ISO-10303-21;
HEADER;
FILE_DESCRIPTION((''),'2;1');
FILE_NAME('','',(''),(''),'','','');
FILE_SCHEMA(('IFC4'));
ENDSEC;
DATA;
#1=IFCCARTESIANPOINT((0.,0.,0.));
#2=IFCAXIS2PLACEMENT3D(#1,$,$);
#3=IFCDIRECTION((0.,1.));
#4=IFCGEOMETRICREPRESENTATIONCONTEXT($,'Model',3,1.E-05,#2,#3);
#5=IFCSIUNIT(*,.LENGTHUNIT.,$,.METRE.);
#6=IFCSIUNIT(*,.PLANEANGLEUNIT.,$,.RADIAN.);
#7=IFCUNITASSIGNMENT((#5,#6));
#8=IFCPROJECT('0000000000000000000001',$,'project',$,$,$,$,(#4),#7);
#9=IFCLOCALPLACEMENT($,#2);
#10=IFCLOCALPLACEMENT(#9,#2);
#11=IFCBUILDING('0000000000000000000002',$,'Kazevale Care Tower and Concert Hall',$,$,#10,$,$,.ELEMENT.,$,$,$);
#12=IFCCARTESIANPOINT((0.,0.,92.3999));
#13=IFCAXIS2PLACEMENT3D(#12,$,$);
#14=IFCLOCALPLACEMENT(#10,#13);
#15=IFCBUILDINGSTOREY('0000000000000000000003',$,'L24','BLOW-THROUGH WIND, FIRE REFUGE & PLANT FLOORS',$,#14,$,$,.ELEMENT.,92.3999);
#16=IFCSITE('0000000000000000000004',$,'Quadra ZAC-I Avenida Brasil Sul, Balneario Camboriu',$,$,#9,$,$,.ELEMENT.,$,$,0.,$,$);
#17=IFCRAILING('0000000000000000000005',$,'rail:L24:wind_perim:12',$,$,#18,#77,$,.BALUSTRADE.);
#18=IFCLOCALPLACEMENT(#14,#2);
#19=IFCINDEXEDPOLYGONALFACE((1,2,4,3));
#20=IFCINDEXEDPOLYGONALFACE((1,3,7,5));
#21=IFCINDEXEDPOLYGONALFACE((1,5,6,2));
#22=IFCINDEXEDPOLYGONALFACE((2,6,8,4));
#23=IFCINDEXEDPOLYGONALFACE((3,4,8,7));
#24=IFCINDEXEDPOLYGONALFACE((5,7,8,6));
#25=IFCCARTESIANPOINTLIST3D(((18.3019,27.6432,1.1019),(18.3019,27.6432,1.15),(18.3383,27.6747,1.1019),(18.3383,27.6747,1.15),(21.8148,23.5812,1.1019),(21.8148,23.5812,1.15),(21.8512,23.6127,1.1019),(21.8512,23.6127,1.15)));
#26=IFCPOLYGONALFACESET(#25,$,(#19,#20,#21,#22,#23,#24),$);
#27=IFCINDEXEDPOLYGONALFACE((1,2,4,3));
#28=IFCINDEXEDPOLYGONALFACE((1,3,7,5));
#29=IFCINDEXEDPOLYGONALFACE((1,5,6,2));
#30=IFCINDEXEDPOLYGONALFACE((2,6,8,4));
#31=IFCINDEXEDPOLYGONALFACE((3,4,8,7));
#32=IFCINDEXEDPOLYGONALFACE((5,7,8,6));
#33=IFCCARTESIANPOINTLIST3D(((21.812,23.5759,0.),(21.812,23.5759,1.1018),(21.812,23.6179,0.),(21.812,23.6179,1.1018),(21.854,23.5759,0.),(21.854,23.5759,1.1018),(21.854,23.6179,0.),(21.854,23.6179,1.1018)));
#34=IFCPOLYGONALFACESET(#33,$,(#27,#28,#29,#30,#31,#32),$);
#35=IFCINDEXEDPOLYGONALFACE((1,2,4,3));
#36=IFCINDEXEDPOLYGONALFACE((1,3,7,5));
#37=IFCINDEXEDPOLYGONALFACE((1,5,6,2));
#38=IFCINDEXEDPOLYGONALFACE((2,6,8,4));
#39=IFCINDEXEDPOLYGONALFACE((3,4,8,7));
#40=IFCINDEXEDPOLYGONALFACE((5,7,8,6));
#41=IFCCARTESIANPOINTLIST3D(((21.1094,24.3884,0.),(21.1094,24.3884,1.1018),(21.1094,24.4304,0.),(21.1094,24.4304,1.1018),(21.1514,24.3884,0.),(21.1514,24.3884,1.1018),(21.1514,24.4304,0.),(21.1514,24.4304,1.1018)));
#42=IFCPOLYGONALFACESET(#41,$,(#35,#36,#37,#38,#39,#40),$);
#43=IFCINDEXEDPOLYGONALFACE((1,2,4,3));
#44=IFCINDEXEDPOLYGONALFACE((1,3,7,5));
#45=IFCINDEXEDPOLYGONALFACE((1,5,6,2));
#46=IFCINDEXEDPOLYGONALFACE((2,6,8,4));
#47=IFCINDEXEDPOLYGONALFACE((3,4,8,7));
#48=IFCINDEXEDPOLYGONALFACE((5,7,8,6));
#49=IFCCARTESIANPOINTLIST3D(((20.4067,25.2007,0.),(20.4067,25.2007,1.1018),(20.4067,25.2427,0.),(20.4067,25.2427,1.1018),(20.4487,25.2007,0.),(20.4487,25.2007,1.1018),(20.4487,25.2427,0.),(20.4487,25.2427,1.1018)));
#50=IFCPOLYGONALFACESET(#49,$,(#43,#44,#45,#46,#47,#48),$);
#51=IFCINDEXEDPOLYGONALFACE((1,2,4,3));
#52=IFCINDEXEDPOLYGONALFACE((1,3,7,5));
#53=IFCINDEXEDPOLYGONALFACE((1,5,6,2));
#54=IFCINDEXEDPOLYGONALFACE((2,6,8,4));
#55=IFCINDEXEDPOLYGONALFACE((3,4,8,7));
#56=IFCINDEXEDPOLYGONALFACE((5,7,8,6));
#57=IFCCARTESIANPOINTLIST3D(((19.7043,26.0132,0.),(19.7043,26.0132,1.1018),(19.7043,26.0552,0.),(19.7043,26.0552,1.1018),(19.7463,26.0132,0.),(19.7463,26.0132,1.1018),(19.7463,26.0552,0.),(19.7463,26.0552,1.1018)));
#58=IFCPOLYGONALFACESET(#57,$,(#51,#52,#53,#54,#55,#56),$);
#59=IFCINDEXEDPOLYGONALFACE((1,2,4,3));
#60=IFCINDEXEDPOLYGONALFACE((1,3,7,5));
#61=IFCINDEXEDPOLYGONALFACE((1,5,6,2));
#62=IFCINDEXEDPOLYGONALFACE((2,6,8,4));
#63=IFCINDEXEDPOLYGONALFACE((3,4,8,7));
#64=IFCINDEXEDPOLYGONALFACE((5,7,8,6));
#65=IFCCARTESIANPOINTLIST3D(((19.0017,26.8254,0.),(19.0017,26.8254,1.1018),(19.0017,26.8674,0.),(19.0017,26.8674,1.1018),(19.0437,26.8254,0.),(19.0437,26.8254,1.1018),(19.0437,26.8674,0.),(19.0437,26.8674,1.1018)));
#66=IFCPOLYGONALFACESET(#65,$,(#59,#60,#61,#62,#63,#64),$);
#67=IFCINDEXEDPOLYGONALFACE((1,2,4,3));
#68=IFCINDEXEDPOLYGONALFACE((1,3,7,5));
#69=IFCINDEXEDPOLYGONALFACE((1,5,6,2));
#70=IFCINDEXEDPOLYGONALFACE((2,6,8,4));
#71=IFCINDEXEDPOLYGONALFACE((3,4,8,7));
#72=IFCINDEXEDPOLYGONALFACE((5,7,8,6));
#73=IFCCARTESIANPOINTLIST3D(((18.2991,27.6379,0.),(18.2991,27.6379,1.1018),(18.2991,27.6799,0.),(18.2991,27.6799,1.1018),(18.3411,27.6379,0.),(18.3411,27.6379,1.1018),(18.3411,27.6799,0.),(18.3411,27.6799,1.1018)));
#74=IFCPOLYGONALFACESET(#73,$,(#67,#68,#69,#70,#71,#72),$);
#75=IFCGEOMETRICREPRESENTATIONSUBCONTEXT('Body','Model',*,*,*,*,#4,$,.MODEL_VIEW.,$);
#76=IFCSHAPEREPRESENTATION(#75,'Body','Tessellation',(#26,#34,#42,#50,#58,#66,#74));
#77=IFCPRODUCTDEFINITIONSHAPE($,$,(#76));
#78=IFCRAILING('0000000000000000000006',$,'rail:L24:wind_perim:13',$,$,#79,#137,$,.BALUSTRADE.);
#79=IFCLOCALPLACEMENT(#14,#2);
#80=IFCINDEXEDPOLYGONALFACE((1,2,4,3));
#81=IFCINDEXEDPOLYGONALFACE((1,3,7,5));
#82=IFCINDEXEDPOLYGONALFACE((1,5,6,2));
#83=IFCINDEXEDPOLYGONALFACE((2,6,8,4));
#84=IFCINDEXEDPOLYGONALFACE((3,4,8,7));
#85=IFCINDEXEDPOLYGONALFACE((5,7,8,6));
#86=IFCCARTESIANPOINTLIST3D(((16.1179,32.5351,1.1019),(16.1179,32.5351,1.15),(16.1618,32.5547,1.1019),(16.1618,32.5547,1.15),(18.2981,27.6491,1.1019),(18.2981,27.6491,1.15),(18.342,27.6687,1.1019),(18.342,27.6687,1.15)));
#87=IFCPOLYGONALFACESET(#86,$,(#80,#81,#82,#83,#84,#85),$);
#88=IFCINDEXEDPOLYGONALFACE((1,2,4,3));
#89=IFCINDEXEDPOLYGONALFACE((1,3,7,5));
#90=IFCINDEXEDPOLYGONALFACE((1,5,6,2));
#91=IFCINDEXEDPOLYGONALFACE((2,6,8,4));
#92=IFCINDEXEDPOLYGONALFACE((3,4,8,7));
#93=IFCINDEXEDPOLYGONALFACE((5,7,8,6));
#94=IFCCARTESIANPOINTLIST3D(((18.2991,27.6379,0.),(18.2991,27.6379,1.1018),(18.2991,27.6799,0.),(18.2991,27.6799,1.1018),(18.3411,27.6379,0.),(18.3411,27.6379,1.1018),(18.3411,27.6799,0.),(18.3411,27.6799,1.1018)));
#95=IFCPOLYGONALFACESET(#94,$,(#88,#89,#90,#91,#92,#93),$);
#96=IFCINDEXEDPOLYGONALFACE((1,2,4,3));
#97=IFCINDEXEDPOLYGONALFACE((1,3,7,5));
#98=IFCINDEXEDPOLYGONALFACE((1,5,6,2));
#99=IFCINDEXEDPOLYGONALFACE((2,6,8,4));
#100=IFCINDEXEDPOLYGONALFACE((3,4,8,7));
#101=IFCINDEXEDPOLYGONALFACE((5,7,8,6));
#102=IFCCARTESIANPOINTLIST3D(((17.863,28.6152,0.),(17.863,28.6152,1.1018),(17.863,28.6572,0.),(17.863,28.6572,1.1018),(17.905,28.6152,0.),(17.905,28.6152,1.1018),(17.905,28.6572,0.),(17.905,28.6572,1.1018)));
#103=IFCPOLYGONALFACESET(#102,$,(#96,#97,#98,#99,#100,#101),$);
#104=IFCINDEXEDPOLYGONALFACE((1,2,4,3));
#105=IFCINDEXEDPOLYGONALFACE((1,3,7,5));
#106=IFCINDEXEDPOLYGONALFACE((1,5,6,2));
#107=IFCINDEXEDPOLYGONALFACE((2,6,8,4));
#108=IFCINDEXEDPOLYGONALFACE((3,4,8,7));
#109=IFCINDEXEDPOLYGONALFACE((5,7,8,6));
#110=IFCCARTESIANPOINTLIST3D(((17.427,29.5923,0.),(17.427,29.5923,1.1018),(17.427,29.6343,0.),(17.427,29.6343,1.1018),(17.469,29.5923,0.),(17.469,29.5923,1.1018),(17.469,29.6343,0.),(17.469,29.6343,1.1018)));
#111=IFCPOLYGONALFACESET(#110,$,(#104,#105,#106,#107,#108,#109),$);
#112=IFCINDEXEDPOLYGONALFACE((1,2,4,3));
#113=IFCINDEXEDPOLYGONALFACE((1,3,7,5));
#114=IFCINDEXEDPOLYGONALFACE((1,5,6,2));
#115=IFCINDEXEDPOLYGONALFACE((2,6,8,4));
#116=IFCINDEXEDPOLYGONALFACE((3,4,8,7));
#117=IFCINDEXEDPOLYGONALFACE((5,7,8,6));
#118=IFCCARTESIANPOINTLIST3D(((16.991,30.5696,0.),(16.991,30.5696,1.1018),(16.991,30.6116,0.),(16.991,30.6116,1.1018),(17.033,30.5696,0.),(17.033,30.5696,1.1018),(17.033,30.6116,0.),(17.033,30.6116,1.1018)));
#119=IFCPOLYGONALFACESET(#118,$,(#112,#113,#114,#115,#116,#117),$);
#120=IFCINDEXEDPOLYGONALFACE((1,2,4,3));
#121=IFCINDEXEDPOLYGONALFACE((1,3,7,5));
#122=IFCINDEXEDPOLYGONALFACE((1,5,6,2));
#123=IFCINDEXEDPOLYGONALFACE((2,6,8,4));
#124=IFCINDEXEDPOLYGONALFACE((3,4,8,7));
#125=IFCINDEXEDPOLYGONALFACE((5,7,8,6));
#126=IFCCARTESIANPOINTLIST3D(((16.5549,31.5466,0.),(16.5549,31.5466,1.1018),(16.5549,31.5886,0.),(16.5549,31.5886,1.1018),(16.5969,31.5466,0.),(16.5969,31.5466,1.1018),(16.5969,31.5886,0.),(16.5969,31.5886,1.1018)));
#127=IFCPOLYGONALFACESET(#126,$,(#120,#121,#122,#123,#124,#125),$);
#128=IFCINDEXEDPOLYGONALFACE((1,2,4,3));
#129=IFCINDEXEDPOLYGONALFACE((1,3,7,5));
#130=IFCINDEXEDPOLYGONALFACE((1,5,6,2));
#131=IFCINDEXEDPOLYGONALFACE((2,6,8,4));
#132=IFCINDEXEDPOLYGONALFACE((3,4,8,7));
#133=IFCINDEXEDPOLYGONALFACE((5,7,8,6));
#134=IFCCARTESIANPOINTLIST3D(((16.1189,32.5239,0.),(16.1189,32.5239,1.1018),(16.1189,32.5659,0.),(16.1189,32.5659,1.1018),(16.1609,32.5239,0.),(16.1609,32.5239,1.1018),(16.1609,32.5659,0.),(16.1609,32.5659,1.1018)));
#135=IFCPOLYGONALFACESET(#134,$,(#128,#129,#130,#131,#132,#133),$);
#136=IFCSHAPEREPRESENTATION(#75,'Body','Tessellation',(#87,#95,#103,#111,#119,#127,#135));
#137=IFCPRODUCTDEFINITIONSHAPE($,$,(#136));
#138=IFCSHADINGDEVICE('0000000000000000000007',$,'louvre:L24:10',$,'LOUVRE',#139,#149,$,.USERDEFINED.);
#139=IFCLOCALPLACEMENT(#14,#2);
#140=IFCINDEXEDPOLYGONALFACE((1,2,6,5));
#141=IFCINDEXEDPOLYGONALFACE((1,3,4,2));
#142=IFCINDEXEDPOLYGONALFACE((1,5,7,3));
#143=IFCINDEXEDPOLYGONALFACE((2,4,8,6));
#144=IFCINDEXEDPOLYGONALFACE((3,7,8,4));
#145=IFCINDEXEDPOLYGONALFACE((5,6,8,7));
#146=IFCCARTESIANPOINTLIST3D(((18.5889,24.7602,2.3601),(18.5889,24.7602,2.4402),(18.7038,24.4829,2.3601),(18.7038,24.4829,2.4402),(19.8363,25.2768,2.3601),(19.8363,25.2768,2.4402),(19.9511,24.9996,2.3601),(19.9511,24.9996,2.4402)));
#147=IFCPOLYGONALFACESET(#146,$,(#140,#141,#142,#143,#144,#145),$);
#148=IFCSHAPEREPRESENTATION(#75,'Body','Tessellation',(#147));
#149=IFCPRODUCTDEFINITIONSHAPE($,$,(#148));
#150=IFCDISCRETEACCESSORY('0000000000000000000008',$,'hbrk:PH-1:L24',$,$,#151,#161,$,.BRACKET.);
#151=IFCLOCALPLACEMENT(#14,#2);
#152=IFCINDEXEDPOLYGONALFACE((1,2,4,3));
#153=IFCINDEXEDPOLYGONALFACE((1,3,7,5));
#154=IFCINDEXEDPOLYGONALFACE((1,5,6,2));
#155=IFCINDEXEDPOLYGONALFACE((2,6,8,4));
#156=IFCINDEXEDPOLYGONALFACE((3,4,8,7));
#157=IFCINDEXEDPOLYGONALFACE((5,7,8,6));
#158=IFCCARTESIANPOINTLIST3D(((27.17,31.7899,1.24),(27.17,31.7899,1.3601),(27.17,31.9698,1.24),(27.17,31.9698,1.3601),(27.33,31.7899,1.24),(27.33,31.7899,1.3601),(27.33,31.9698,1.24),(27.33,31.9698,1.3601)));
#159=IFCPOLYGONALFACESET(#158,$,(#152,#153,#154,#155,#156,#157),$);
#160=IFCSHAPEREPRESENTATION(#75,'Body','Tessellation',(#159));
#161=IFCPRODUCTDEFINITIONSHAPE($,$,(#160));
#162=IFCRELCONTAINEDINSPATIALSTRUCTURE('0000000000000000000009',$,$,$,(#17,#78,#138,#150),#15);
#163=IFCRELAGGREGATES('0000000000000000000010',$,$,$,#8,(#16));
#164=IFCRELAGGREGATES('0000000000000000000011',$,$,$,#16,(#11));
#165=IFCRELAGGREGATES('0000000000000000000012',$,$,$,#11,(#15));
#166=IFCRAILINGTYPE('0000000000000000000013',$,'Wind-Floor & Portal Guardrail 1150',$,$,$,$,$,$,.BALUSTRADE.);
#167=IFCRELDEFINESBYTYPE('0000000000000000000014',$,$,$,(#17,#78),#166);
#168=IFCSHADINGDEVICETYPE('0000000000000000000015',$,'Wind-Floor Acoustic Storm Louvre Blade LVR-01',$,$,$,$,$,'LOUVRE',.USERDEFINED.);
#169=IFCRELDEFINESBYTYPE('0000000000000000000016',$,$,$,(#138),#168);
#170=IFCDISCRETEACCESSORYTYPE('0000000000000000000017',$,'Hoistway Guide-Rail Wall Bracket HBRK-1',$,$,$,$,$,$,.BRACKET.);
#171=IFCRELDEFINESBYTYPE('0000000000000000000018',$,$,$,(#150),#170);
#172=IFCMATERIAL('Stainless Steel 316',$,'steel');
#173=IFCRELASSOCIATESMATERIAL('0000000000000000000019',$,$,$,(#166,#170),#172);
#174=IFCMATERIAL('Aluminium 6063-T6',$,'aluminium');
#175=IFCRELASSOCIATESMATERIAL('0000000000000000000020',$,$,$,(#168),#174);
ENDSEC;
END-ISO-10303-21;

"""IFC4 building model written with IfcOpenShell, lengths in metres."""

from ifc_helpers import new_model, si_unit, direction, frame, origin, origin_2d, place, context, subcontext, project, spatial, rectangle, extrude, material, type_object, element, save


model = new_model("IFC4")

# Units and contexts
model_context = context("Model", 3, precision=1e-05, world=origin(), true_north=direction((0.0, 1.0)))
body_context = subcontext(model_context, "Body", "Model", "MODEL_VIEW")
ifc_project = project(units=[si_unit("LENGTHUNIT", "METRE"), si_unit("PLANEANGLEUNIT", "RADIAN")], contexts=[model_context])

# Site, building, storey
site_placement = place(None, origin())
site = spatial("IfcSite", under=ifc_project, at=site_placement, Name="Quadra ZAC-I Avenida Brasil Sul, Balneario Camboriu", CompositionType="ELEMENT", RefElevation=0.0)
building_placement = place(site_placement, origin())
building = spatial("IfcBuilding", under=site, at=building_placement, Name="Kazevale Care Tower and Concert Hall", CompositionType="ELEMENT")
storey_placement = place(building_placement, frame((0.0, 0.0, 92.3999)))
storey = spatial("IfcBuildingStorey", under=building, at=storey_placement, Name="L24", Description="BLOW-THROUGH WIND, FIRE REFUGE & PLANT FLOORS", CompositionType="ELEMENT", Elevation=92.3999)

# Railings
ifc_material_1 = material(Name="Stainless Steel 316", Category="steel")
railing_type_1 = type_object("IfcRailingType", Name="Wind-Floor & Portal Guardrail 1150", PredefinedType="BALUSTRADE", material=ifc_material_1)
railing_1_placement = place(storey_placement, frame((21.833, 23.5969, 0.0)))
element("IfcRailing", 1, at=railing_1_placement, inside=storey, type_object=railing_type_1, Name="rail:L24:wind_perim:12", PredefinedType="BALUSTRADE", context=body_context, shape_type="SweptSolid", body=[
    extrude(rectangle(XDim=0.0481, YDim=0.0481, at=origin_2d()), frame((0.0, 0.0, 1.126), z_axis=(-0.654136, 0.756377, 0.0), x_axis=(-0.756377, -0.654136, 0.0)), (0.0, 0.0, 1.0), 5.3704),
    extrude(rectangle(XDim=0.042, YDim=0.042, at=origin_2d()), origin(), (0.0, 0.0, 1.0), 1.1018),
    extrude(rectangle(XDim=0.042, YDim=0.042, at=origin_2d()), frame((-0.7026, 0.8125, 0.0)), (0.0, 0.0, 1.0), 1.1018),
    extrude(rectangle(XDim=0.042, YDim=0.042, at=origin_2d()), frame((-1.4053, 1.6248, 0.0)), (0.0, 0.0, 1.0), 1.1018),
    extrude(rectangle(XDim=0.042, YDim=0.042, at=origin_2d()), frame((-2.1077, 2.4373, 0.0)), (0.0, 0.0, 1.0), 1.1018),
    extrude(rectangle(XDim=0.042, YDim=0.042, at=origin_2d()), frame((-2.8103, 3.2495, 0.0)), (0.0, 0.0, 1.0), 1.1018),
    extrude(rectangle(XDim=0.042, YDim=0.042, at=origin_2d()), frame((-3.5129, 4.062, 0.0)), (0.0, 0.0, 1.0), 1.1018),
])
railing_2_placement = place(storey_placement, frame((18.3201, 27.6589, 0.0)))
element("IfcRailing", 2, at=railing_2_placement, inside=storey, type_object=railing_type_1, Name="rail:L24:wind_perim:13", PredefinedType="BALUSTRADE", context=body_context, shape_type="SweptSolid", body=[
    extrude(rectangle(XDim=0.0481, YDim=0.0481, at=origin_2d()), frame((0.0, 0.0, 1.126), z_axis=(-0.407484, 0.913212, 0.0), x_axis=(-0.913212, -0.407484, 0.0)), (0.0, 0.0, 1.0), 5.3503),
    extrude(rectangle(XDim=0.042, YDim=0.042, at=origin_2d()), origin(), (0.0, 0.0, 1.0), 1.1018),
    extrude(rectangle(XDim=0.042, YDim=0.042, at=origin_2d()), frame((-0.436, 0.9773, 0.0)), (0.0, 0.0, 1.0), 1.1018),
    extrude(rectangle(XDim=0.042, YDim=0.042, at=origin_2d()), frame((-0.8721, 1.9543, 0.0)), (0.0, 0.0, 1.0), 1.1018),
    extrude(rectangle(XDim=0.042, YDim=0.042, at=origin_2d()), frame((-1.3081, 2.9316, 0.0)), (0.0, 0.0, 1.0), 1.1018),
    extrude(rectangle(XDim=0.042, YDim=0.042, at=origin_2d()), frame((-1.7441, 3.9087, 0.0)), (0.0, 0.0, 1.0), 1.1018),
    extrude(rectangle(XDim=0.042, YDim=0.042, at=origin_2d()), frame((-2.1802, 4.886, 0.0)), (0.0, 0.0, 1.0), 1.1018),
])

# Shading device
ifc_material_2 = material(Name="Aluminium 6063-T6", Category="aluminium")
shading_device_type = type_object("IfcShadingDeviceType", Name="Wind-Floor Acoustic Storm Louvre Blade LVR-01", ElementType="LOUVRE", PredefinedType="USERDEFINED", material=ifc_material_2)
shading_device_placement = place(storey_placement, frame((19.27, 24.8799, 2.3601), z_axis=(0.0, 0.0, 1.0), x_axis=(-0.92388, -0.382683, 0.0)))
element("IfcShadingDevice", 3, at=shading_device_placement, inside=storey, type_object=shading_device_type, Name="louvre:L24:10", ObjectType="LOUVRE", PredefinedType="USERDEFINED", context=body_context, shape_type="SweptSolid", body=[
    extrude(rectangle(XDim=1.3501, YDim=0.3, at=origin_2d()), origin(), (0.0, 0.0, 1.0), 0.0801),
])

# Discrete accessory
discrete_accessory_type = type_object("IfcDiscreteAccessoryType", Name="Hoistway Guide-Rail Wall Bracket HBRK-1", PredefinedType="BRACKET", material=ifc_material_1)
discrete_accessory_placement = place(storey_placement, frame((27.25, 31.8799, 1.24), z_axis=(0.0, 0.0, 1.0), x_axis=(1.0, 0.0, 0.0)))
element("IfcDiscreteAccessory", 4, at=discrete_accessory_placement, inside=storey, type_object=discrete_accessory_type, Name="hbrk:PH-1:L24", PredefinedType="BRACKET", context=body_context, shape_type="SweptSolid", body=[
    extrude(rectangle(XDim=0.1599, YDim=0.1799, at=origin_2d()), origin(), (0.0, 0.0, 1.0), 0.1201),
])

save(model, "model.ifc")
